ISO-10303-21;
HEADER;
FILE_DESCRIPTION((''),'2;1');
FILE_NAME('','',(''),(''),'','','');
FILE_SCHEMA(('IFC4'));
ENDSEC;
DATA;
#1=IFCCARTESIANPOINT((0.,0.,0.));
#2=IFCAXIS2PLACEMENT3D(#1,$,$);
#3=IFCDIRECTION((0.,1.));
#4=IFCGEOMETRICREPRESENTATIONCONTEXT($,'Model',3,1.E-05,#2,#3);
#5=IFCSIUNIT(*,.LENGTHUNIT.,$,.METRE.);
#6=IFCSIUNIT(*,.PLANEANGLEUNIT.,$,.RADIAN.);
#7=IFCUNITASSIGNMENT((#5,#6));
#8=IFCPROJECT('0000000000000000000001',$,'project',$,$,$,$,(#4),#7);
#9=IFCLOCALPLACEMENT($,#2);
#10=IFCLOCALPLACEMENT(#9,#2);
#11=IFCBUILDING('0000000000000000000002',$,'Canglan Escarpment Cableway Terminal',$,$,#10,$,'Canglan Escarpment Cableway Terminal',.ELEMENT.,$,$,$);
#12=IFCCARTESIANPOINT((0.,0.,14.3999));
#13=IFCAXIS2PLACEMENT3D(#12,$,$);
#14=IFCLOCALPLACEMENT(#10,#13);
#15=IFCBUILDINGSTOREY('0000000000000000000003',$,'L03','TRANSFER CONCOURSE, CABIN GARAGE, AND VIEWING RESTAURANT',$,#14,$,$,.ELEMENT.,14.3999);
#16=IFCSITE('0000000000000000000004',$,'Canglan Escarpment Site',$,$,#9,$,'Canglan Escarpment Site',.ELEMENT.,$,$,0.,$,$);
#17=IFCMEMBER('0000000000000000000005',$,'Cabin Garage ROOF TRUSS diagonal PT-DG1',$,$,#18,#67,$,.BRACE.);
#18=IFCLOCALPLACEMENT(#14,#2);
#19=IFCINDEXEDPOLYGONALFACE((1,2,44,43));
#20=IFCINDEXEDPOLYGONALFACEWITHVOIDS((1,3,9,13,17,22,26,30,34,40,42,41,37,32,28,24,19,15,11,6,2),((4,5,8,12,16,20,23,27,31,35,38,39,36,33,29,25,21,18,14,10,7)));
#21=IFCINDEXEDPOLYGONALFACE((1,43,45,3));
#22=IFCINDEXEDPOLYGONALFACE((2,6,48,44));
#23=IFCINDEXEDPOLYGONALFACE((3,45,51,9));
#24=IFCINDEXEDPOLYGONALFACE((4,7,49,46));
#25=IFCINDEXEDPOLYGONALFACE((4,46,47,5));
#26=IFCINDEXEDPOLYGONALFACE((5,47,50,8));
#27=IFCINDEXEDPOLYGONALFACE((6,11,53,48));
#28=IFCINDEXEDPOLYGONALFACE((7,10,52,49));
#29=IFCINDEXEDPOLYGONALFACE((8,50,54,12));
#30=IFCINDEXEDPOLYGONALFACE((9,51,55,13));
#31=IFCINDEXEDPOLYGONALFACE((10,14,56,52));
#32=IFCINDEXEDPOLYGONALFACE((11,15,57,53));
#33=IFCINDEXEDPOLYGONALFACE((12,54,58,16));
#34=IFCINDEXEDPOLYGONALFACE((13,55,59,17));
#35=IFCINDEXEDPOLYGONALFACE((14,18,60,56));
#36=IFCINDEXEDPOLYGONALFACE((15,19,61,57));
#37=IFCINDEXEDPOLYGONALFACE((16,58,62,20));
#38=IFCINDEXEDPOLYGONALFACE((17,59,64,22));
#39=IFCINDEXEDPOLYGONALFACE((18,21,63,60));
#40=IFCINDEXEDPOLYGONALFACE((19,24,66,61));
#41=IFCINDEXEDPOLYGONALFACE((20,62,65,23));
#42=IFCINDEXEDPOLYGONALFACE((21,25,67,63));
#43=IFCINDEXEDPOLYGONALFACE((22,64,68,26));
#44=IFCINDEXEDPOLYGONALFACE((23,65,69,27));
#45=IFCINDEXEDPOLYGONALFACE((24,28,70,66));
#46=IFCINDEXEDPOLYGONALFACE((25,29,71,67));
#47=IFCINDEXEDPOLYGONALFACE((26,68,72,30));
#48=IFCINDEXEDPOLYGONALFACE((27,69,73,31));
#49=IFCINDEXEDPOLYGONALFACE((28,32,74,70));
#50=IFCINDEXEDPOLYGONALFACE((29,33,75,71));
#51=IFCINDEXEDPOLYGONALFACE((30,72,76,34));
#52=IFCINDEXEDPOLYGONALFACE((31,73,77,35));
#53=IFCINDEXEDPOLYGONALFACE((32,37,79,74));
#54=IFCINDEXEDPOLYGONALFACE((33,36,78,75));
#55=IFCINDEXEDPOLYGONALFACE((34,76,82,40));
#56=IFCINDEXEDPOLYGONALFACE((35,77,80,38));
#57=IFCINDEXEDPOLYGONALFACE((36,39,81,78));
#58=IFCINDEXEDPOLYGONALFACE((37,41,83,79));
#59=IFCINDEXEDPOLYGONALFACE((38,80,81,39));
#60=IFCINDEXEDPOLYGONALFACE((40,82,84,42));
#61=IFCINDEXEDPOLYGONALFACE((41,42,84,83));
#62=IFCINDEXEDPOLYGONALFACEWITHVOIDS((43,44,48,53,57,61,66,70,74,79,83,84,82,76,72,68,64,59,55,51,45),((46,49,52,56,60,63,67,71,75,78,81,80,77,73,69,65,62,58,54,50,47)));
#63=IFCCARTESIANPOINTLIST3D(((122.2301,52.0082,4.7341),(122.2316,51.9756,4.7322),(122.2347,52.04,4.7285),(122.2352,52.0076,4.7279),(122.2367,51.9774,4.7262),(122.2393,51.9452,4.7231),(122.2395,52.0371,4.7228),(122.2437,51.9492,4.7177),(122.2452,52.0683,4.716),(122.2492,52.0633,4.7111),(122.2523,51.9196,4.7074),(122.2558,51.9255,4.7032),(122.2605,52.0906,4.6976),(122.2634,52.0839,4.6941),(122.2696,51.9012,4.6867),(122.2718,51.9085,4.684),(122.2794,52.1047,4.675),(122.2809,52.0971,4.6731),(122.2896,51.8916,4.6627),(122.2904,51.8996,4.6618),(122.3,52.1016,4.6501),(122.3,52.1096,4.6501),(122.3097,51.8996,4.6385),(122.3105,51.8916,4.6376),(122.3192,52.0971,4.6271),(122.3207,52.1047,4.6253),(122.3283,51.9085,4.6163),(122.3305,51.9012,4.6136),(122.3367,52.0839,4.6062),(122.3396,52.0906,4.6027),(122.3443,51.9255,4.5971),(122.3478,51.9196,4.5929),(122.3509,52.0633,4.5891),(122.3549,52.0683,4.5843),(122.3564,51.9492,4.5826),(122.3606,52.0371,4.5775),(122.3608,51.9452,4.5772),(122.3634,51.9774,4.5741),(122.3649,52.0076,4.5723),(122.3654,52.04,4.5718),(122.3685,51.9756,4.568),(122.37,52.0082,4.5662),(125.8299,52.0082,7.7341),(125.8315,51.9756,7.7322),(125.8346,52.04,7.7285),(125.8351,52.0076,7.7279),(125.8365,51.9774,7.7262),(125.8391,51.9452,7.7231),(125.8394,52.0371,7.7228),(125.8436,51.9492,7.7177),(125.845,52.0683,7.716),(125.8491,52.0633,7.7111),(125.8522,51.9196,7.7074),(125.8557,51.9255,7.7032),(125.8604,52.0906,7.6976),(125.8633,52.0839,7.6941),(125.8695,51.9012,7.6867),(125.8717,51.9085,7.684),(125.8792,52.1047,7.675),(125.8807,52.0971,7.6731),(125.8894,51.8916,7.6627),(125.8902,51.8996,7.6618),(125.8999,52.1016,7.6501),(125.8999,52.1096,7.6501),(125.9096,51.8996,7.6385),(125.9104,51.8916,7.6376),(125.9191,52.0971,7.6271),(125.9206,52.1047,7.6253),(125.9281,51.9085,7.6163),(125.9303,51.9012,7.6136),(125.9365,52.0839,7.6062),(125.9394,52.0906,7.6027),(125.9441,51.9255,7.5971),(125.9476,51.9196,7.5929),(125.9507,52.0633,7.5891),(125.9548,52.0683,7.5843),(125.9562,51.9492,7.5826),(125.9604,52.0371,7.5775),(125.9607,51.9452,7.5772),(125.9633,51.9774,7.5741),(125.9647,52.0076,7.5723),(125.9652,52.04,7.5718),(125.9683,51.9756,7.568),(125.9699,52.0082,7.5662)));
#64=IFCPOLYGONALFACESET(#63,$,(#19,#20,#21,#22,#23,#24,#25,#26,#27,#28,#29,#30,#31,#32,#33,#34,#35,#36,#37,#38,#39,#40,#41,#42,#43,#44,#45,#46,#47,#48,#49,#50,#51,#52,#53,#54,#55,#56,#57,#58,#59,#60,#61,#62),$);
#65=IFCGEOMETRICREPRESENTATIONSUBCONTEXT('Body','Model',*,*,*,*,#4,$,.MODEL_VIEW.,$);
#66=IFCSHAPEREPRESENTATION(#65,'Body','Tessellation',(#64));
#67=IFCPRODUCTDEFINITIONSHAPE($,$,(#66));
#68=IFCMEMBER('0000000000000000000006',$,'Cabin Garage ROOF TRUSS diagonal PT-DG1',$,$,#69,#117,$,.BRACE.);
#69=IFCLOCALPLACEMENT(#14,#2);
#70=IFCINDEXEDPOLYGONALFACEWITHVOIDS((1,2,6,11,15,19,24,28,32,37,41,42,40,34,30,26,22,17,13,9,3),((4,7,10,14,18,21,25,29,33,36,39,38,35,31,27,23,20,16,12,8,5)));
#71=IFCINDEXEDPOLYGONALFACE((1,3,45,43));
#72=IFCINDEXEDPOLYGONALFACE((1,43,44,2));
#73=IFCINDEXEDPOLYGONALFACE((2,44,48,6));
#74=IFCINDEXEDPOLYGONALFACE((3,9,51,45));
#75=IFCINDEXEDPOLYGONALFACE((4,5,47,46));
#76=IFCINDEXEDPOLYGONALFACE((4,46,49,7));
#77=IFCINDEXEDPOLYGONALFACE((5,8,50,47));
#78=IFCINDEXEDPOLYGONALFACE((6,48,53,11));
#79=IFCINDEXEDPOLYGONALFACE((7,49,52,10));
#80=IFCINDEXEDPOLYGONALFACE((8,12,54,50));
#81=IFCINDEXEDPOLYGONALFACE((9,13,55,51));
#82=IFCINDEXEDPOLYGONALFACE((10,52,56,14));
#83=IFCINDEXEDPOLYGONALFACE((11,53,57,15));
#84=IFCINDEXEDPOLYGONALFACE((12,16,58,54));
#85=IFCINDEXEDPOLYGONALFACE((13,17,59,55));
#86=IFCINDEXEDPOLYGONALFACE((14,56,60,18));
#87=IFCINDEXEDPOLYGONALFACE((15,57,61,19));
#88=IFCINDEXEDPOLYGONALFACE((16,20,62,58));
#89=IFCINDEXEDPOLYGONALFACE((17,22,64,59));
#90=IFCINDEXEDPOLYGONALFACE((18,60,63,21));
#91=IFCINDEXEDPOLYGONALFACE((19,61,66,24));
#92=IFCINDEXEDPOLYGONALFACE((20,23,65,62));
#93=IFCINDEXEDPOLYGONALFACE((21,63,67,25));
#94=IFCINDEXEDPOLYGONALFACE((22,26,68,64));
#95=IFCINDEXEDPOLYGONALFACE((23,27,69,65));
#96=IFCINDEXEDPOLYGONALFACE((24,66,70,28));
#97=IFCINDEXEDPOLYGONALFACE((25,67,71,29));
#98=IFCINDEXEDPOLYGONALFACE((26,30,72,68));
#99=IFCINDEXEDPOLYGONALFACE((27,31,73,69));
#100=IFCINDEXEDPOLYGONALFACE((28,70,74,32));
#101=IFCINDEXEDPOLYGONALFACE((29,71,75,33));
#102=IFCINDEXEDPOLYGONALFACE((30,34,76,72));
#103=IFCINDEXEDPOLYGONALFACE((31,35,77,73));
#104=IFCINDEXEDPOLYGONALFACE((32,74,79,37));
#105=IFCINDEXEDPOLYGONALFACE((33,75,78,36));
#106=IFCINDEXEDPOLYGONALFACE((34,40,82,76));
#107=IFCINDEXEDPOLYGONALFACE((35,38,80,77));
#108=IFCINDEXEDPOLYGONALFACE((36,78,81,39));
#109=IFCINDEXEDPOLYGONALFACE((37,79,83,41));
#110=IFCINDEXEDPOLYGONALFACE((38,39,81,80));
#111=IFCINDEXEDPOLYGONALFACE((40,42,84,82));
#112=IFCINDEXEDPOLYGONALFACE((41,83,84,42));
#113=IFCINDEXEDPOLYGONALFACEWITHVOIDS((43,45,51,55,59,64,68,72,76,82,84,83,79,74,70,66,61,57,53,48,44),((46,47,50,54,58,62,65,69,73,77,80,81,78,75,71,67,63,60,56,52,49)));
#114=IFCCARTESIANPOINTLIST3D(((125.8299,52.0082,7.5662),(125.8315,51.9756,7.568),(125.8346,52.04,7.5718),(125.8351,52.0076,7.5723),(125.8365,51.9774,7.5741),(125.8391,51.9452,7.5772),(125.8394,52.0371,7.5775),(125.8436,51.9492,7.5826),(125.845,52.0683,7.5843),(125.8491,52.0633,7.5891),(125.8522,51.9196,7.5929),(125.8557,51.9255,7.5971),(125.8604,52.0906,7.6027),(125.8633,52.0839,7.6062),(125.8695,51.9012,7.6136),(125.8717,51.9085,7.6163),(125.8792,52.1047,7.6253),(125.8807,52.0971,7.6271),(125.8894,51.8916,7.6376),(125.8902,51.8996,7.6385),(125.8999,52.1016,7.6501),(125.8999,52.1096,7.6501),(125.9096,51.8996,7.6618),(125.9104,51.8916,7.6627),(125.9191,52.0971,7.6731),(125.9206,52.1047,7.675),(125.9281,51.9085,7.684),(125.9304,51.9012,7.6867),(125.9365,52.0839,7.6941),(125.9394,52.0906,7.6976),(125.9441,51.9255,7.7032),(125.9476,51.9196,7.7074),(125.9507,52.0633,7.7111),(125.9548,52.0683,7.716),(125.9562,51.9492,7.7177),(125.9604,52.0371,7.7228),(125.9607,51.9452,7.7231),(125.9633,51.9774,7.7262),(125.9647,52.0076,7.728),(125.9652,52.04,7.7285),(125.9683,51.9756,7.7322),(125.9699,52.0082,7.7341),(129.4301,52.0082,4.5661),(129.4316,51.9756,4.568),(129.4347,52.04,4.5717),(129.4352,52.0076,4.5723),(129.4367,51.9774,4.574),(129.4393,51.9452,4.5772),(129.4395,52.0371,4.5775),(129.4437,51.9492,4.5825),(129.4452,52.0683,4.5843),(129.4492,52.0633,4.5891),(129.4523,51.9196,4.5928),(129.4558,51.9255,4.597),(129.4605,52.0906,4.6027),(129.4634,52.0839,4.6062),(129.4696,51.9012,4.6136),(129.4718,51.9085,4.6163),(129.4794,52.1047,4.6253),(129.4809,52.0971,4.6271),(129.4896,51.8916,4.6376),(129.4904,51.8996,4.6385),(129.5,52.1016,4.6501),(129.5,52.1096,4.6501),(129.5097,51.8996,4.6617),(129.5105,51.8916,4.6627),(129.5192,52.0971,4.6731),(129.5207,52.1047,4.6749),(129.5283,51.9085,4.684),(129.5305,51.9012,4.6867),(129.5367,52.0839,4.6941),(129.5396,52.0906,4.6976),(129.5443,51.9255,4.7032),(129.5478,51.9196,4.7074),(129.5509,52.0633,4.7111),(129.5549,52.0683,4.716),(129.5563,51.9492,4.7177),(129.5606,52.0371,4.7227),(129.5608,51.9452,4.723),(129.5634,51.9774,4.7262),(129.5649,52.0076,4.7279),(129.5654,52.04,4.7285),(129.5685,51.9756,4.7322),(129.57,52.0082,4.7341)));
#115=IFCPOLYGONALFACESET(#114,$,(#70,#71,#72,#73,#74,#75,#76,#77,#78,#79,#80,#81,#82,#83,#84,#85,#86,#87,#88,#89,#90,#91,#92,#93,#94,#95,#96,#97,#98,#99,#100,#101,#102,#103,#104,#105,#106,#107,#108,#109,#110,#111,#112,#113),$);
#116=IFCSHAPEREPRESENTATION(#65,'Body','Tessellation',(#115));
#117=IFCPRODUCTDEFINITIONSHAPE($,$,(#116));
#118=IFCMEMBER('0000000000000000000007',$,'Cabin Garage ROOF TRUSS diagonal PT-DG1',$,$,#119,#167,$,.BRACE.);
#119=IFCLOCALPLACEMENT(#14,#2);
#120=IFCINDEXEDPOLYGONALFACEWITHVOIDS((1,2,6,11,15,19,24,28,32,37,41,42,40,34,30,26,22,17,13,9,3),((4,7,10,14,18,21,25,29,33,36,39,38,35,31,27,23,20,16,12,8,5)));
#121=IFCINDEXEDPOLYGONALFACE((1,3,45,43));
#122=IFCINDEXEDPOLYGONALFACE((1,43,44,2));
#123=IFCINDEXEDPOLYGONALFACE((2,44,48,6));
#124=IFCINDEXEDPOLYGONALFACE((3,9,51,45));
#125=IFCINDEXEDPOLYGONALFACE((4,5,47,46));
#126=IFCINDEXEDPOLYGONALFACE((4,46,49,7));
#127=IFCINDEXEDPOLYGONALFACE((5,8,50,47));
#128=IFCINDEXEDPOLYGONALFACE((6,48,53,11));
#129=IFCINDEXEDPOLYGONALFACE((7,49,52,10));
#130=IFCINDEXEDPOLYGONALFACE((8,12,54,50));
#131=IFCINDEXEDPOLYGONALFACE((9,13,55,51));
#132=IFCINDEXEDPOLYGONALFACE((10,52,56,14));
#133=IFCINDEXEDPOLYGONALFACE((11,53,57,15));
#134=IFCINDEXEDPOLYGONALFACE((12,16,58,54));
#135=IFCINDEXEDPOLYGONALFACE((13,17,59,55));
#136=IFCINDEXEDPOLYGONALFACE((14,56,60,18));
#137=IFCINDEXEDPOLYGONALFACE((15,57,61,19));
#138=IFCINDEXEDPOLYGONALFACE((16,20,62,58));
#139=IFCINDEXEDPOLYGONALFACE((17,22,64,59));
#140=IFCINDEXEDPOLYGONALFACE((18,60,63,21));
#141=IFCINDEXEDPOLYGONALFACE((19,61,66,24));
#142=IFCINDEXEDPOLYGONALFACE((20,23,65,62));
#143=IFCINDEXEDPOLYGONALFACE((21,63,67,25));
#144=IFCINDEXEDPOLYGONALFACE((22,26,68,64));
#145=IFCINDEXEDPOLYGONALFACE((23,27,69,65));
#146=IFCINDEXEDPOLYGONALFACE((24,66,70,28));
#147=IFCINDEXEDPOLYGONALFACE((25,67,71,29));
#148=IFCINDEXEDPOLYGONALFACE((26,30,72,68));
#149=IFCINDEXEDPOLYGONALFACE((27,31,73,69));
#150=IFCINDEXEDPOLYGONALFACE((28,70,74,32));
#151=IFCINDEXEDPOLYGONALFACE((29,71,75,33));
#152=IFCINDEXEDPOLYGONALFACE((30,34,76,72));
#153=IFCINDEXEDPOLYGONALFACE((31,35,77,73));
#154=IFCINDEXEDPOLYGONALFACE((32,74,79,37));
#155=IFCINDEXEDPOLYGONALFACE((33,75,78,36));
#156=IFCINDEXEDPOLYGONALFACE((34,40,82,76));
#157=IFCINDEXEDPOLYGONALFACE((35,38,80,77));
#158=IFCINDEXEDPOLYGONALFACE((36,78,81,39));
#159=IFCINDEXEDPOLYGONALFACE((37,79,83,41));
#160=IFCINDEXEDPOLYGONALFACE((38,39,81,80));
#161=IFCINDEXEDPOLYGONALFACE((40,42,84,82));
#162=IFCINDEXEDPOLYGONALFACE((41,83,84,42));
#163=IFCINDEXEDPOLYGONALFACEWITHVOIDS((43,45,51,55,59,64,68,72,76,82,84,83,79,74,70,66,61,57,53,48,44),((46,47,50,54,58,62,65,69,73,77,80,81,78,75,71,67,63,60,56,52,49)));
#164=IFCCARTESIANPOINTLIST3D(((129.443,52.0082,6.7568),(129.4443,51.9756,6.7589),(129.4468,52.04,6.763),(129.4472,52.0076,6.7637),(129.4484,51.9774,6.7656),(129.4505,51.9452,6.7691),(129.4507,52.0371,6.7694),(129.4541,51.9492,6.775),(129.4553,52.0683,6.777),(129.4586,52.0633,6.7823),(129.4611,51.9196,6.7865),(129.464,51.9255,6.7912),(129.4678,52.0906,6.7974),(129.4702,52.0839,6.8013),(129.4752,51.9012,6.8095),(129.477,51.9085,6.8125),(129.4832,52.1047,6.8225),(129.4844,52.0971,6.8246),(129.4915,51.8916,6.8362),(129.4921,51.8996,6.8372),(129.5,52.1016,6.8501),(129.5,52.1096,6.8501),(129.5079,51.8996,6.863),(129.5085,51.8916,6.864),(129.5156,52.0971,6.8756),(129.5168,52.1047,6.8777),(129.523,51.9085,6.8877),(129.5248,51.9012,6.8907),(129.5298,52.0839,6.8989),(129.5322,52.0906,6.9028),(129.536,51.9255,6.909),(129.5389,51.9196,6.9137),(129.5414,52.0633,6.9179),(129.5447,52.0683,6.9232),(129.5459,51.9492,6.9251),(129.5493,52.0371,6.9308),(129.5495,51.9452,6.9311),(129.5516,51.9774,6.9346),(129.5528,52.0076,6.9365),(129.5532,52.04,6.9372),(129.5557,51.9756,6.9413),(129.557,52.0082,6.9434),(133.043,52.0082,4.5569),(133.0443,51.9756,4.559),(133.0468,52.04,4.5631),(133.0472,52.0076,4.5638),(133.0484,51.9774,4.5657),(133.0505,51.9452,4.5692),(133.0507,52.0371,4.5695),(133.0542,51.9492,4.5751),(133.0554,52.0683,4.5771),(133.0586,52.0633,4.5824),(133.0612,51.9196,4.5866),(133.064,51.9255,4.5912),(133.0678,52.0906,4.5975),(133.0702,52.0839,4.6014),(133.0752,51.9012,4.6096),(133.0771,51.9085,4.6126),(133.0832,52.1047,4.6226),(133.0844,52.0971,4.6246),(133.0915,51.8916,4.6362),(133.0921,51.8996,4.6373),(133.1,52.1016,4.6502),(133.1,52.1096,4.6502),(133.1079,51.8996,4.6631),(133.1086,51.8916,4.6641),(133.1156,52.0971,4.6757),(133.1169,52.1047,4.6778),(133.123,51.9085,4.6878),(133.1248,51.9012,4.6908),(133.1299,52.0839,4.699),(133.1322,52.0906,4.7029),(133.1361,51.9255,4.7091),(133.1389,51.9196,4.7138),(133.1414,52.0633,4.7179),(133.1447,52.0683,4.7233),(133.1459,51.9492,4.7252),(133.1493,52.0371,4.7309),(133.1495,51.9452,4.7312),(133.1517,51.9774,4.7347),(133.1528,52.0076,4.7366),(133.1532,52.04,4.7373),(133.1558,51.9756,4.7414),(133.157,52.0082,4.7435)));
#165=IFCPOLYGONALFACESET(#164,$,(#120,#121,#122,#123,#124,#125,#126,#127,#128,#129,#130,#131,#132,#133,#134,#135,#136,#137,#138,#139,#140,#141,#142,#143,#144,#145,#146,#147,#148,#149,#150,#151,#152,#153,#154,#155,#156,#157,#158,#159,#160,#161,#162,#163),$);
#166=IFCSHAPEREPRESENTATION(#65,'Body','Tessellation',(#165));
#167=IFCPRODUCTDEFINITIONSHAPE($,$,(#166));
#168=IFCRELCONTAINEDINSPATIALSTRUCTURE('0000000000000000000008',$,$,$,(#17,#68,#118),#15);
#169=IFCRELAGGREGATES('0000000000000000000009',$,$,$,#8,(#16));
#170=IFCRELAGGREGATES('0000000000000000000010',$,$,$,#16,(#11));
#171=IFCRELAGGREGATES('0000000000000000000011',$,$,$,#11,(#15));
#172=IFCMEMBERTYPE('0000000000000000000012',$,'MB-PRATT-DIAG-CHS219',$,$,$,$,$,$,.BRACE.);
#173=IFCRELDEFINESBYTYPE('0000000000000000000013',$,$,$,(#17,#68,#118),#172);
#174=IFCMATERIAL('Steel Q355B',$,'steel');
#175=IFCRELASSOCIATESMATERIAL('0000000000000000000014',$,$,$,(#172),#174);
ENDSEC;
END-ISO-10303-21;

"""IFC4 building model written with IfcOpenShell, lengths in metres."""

from ifc_helpers import new_model, si_unit, direction, frame, origin, origin_2d, place, context, subcontext, project, spatial, hollow_circle, extrude, material, material_profile, profile_set, type_object, element, save


model = new_model("IFC4")

# Units and contexts
model_context = context("Model", 3, precision=1e-05, world=origin(), true_north=direction((0.0, 1.0)))
body_context = subcontext(model_context, "Body", "Model", "MODEL_VIEW")
ifc_project = project(units=[si_unit("LENGTHUNIT", "METRE"), si_unit("PLANEANGLEUNIT", "RADIAN")], contexts=[model_context])

# Site, building, storey
site_placement = place(None, origin())
site = spatial("IfcSite", under=ifc_project, at=site_placement, Name="Canglan Escarpment Site", LongName="Canglan Escarpment Site", CompositionType="ELEMENT", RefElevation=0.0)
building_placement = place(site_placement, origin())
building = spatial("IfcBuilding", under=site, at=building_placement, Name="Canglan Escarpment Cableway Terminal", LongName="Canglan Escarpment Cableway Terminal", CompositionType="ELEMENT")
storey_placement = place(building_placement, frame((0.0, 0.0, 14.3999)))
storey = spatial("IfcBuildingStorey", under=building, at=storey_placement, Name="L03", Description="TRANSFER CONCOURSE, CABIN GARAGE, AND VIEWING RESTAURANT", CompositionType="ELEMENT", Elevation=14.3999)

# Shared definitions
ifc_material_1 = material(Name="Steel Q355B", Category="steel")

# Members
ifc_material_profile_1 = material_profile(ifc_material_1, hollow_circle(Radius=0.1096, WallThickness=0.0081, at=origin_2d()), Name="CHS 219.1x8")
ifc_profile_set_1 = profile_set([ifc_material_profile_1], Name="Steel Q355B")
member_type_1 = type_object("IfcMemberType", Name="MB-PRATT-DIAG-CHS219", PredefinedType="BRACE", material=ifc_profile_set_1)
member_1_placement = place(storey_placement, frame((122.3, 52.0, 4.6501), z_axis=(0.768208, 0.0, 0.6402), x_axis=(0.0, 1.0, 0.0)))
element("IfcMember", 1, at=member_1_placement, inside=storey, type_object=member_type_1, Name="Cabin Garage ROOF TRUSS diagonal PT-DG1", PredefinedType="BRACE", context=body_context, shape_type="SweptSolid", body=[
    extrude(hollow_circle(Radius=0.1096, WallThickness=0.0081, at=origin_2d()), origin(), (0.0, 0.0, 1.0), 4.686),
])
member_2_placement = place(storey_placement, frame((125.8999, 52.0, 7.6501), z_axis=(0.76823, 0.0, -0.640174), x_axis=(0.0, 1.0, 0.0)))
element("IfcMember", 2, at=member_2_placement, inside=storey, type_object=member_type_1, Name="Cabin Garage ROOF TRUSS diagonal PT-DG1", PredefinedType="BRACE", context=body_context, shape_type="SweptSolid", body=[
    extrude(hollow_circle(Radius=0.1096, WallThickness=0.0081, at=origin_2d()), origin(), (0.0, 0.0, 1.0), 4.6863),
])
member_3_placement = place(storey_placement, frame((129.5, 52.0, 6.8501), z_axis=(0.853293, 0.0, -0.521431), x_axis=(0.0, 1.0, 0.0)))
element("IfcMember", 3, at=member_3_placement, inside=storey, type_object=member_type_1, Name="Cabin Garage ROOF TRUSS diagonal PT-DG1", PredefinedType="BRACE", context=body_context, shape_type="SweptSolid", body=[
    extrude(hollow_circle(Radius=0.1096, WallThickness=0.0081, at=origin_2d()), origin(), (0.0, 0.0, 1.0), 4.219),
])

save(model, "model.ifc")
